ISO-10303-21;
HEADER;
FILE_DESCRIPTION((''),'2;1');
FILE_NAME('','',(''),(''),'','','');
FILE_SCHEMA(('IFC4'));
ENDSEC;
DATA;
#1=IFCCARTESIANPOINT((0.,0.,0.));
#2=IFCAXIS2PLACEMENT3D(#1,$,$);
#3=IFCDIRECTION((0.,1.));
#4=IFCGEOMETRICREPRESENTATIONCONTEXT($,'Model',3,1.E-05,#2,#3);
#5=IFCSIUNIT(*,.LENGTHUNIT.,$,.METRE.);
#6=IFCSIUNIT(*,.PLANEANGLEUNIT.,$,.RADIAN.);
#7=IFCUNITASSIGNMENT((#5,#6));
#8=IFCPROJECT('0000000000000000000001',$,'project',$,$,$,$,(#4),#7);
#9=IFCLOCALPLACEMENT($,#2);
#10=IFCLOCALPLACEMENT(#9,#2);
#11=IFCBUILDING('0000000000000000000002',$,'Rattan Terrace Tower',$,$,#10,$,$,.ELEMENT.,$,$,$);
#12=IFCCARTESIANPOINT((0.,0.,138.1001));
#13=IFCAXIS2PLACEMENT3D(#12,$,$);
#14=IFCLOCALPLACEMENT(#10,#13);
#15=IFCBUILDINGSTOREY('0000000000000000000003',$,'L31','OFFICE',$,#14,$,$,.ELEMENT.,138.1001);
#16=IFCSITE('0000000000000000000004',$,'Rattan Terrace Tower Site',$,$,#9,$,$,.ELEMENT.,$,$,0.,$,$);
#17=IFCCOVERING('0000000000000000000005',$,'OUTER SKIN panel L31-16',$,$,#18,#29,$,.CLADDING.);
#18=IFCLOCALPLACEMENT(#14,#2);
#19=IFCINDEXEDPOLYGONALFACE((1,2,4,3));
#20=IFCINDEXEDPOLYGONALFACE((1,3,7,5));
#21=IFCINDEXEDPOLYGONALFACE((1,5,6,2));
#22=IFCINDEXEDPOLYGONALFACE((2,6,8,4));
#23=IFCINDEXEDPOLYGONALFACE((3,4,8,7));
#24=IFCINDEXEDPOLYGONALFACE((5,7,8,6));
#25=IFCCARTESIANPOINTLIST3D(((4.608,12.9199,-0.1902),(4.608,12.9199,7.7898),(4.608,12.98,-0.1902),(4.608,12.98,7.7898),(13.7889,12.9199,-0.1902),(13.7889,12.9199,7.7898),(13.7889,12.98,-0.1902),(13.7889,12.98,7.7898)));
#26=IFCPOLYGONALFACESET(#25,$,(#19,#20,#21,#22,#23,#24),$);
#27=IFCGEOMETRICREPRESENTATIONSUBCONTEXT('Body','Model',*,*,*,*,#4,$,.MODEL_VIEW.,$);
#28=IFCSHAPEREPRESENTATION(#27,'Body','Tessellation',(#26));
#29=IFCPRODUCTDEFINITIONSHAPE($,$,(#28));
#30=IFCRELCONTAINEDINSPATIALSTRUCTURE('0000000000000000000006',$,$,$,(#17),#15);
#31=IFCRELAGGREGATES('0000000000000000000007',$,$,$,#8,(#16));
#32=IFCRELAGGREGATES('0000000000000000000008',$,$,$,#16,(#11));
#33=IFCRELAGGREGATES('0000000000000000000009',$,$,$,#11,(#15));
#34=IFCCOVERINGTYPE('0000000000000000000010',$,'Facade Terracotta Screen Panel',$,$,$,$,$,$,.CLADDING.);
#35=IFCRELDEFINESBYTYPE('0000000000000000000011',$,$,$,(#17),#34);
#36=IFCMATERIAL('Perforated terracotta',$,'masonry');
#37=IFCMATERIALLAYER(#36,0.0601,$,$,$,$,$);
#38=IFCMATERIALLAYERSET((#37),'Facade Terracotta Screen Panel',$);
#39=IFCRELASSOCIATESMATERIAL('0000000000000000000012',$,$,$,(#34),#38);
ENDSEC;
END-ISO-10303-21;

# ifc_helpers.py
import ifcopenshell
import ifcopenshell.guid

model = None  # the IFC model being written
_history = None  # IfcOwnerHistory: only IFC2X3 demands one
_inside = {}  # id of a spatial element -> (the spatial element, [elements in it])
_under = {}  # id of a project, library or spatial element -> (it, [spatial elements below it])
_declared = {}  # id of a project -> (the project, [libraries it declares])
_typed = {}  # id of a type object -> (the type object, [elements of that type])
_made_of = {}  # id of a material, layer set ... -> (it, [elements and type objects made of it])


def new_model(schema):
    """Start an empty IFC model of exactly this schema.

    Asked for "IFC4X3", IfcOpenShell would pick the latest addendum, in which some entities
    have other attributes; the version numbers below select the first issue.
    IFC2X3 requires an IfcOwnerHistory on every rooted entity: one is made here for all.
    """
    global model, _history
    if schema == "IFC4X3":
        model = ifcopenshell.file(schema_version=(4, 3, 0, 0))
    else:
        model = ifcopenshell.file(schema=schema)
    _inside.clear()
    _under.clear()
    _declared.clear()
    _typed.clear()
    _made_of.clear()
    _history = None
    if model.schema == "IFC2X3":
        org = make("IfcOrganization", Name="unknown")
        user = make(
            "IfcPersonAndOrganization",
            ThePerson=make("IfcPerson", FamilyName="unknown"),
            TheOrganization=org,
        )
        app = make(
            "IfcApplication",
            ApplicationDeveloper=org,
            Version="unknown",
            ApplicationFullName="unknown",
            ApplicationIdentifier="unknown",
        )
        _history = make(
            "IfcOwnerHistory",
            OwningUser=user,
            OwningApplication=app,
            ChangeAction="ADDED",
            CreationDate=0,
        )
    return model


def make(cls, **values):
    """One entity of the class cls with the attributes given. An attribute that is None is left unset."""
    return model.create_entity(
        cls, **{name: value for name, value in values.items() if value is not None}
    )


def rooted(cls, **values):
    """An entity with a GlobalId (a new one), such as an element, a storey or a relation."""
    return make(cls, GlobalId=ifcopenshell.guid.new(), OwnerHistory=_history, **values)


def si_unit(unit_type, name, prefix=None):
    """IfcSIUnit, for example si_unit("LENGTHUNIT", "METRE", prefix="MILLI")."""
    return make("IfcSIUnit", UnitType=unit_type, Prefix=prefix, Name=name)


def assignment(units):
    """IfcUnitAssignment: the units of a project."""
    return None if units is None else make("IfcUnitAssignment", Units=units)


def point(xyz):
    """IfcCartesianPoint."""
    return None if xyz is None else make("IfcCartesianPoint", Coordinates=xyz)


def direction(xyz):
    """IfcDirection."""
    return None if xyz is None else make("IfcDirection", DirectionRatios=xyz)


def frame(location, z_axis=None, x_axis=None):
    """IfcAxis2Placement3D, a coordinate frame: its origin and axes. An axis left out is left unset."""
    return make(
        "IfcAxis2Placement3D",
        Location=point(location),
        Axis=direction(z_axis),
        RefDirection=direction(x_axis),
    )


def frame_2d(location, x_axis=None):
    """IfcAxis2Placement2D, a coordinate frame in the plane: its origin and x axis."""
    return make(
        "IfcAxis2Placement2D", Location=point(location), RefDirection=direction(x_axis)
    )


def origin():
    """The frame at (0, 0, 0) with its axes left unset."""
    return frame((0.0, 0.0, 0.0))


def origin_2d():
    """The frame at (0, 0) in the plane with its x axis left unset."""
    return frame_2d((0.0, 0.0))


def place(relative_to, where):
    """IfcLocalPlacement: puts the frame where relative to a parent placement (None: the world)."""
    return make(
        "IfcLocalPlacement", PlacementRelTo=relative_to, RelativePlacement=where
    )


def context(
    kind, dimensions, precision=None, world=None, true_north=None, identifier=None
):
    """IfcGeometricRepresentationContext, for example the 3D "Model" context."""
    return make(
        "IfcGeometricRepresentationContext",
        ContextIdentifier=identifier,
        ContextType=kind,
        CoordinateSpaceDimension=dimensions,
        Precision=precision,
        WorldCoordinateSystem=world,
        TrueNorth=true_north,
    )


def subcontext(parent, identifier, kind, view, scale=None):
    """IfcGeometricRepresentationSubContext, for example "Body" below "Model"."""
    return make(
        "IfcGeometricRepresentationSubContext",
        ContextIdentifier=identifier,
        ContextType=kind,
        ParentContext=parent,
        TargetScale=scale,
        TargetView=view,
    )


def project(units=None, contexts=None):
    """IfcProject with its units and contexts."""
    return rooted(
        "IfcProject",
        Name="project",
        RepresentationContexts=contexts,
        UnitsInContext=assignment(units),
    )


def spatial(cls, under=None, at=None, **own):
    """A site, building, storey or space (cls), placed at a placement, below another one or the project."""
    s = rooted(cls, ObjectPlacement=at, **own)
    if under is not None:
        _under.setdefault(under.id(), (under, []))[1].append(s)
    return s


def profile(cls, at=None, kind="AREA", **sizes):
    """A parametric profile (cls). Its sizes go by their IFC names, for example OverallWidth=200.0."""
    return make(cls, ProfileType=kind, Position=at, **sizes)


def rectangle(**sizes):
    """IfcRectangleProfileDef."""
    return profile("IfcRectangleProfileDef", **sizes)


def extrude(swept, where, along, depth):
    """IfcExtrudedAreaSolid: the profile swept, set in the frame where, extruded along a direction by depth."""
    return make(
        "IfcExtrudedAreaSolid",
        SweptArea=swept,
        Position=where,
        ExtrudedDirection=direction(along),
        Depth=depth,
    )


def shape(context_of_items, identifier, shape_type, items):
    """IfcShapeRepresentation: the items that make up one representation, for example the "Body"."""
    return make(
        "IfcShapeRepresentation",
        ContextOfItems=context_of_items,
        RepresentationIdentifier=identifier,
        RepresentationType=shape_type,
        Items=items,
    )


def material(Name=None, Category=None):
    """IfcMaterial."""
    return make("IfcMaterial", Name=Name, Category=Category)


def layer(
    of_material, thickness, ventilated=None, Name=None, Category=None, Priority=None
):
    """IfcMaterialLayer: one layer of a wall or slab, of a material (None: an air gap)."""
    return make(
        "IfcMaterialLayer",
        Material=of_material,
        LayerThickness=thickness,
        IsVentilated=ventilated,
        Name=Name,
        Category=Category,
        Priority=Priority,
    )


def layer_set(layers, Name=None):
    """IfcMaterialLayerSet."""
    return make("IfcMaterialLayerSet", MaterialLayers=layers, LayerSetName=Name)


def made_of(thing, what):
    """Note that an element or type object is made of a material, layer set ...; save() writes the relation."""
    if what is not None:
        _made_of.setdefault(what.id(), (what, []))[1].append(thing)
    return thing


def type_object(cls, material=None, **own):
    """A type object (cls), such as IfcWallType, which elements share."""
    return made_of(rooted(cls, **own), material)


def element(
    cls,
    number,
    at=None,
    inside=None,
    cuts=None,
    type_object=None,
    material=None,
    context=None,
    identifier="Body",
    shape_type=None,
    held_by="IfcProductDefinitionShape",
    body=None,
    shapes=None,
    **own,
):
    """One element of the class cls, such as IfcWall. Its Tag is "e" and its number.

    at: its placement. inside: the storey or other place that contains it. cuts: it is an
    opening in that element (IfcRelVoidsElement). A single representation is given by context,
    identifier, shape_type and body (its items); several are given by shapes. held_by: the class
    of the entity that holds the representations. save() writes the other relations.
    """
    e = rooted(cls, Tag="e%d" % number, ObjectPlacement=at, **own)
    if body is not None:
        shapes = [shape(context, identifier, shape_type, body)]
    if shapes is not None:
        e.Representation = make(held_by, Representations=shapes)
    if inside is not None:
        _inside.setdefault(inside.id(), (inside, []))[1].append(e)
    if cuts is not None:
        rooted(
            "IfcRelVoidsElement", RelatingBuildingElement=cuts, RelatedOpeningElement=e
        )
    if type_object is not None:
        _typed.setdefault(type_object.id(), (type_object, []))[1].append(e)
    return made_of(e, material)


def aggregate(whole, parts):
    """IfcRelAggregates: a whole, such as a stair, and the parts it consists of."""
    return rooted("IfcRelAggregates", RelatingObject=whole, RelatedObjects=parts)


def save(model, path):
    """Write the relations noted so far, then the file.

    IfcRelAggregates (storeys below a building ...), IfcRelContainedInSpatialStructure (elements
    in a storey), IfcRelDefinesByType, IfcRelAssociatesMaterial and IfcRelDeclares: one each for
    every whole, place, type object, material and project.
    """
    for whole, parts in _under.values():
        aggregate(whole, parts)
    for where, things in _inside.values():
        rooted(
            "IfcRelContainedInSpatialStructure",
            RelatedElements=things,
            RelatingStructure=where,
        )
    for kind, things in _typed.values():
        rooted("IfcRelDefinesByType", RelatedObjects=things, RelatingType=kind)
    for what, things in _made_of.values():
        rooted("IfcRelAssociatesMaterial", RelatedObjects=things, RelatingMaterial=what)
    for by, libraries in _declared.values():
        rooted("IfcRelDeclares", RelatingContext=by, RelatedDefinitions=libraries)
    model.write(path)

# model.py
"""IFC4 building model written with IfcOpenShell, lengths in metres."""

from ifc_helpers import new_model, si_unit, direction, frame, origin, origin_2d, place, context, subcontext, project, spatial, rectangle, extrude, material, layer, layer_set, type_object, element, save


model = new_model("IFC4")

# Units and contexts
model_context = context("Model", 3, precision=1e-05, world=origin(), true_north=direction((0.0, 1.0)))
body_context = subcontext(model_context, "Body", "Model", "MODEL_VIEW")
ifc_project = project(units=[si_unit("LENGTHUNIT", "METRE"), si_unit("PLANEANGLEUNIT", "RADIAN")], contexts=[model_context])

# Site, building, storey
site_placement = place(None, origin())
site = spatial("IfcSite", under=ifc_project, at=site_placement, Name="Rattan Terrace Tower Site", CompositionType="ELEMENT", RefElevation=0.0)
building_placement = place(site_placement, origin())
building = spatial("IfcBuilding", under=site, at=building_placement, Name="Rattan Terrace Tower", CompositionType="ELEMENT")
storey_placement = place(building_placement, frame((0.0, 0.0, 138.1001)))
storey = spatial("IfcBuildingStorey", under=building, at=storey_placement, Name="L31", Description="OFFICE", CompositionType="ELEMENT", Elevation=138.1001)

# Covering
ifc_material_1 = material(Name="Perforated terracotta", Category="masonry")
ifc_layer_1 = layer(ifc_material_1, 0.0601)
ifc_layer_set_1 = layer_set([ifc_layer_1], Name="Facade Terracotta Screen Panel")
covering_type = type_object("IfcCoveringType", Name="Facade Terracotta Screen Panel", PredefinedType="CLADDING", material=ifc_layer_set_1)
covering_placement = place(storey_placement, frame((9.1985, 12.95, -0.1902), z_axis=(0.0, 0.0, 1.0), x_axis=(-1.0, 0.0, 0.0)))
element("IfcCovering", 1, at=covering_placement, inside=storey, type_object=covering_type, Name="OUTER SKIN panel L31-16", PredefinedType="CLADDING", context=body_context, shape_type="SweptSolid", body=[
    extrude(rectangle(XDim=9.1809, YDim=0.0601, at=origin_2d()), origin(), (0.0, 0.0, 1.0), 7.98),
])

save(model, "model.ifc")
